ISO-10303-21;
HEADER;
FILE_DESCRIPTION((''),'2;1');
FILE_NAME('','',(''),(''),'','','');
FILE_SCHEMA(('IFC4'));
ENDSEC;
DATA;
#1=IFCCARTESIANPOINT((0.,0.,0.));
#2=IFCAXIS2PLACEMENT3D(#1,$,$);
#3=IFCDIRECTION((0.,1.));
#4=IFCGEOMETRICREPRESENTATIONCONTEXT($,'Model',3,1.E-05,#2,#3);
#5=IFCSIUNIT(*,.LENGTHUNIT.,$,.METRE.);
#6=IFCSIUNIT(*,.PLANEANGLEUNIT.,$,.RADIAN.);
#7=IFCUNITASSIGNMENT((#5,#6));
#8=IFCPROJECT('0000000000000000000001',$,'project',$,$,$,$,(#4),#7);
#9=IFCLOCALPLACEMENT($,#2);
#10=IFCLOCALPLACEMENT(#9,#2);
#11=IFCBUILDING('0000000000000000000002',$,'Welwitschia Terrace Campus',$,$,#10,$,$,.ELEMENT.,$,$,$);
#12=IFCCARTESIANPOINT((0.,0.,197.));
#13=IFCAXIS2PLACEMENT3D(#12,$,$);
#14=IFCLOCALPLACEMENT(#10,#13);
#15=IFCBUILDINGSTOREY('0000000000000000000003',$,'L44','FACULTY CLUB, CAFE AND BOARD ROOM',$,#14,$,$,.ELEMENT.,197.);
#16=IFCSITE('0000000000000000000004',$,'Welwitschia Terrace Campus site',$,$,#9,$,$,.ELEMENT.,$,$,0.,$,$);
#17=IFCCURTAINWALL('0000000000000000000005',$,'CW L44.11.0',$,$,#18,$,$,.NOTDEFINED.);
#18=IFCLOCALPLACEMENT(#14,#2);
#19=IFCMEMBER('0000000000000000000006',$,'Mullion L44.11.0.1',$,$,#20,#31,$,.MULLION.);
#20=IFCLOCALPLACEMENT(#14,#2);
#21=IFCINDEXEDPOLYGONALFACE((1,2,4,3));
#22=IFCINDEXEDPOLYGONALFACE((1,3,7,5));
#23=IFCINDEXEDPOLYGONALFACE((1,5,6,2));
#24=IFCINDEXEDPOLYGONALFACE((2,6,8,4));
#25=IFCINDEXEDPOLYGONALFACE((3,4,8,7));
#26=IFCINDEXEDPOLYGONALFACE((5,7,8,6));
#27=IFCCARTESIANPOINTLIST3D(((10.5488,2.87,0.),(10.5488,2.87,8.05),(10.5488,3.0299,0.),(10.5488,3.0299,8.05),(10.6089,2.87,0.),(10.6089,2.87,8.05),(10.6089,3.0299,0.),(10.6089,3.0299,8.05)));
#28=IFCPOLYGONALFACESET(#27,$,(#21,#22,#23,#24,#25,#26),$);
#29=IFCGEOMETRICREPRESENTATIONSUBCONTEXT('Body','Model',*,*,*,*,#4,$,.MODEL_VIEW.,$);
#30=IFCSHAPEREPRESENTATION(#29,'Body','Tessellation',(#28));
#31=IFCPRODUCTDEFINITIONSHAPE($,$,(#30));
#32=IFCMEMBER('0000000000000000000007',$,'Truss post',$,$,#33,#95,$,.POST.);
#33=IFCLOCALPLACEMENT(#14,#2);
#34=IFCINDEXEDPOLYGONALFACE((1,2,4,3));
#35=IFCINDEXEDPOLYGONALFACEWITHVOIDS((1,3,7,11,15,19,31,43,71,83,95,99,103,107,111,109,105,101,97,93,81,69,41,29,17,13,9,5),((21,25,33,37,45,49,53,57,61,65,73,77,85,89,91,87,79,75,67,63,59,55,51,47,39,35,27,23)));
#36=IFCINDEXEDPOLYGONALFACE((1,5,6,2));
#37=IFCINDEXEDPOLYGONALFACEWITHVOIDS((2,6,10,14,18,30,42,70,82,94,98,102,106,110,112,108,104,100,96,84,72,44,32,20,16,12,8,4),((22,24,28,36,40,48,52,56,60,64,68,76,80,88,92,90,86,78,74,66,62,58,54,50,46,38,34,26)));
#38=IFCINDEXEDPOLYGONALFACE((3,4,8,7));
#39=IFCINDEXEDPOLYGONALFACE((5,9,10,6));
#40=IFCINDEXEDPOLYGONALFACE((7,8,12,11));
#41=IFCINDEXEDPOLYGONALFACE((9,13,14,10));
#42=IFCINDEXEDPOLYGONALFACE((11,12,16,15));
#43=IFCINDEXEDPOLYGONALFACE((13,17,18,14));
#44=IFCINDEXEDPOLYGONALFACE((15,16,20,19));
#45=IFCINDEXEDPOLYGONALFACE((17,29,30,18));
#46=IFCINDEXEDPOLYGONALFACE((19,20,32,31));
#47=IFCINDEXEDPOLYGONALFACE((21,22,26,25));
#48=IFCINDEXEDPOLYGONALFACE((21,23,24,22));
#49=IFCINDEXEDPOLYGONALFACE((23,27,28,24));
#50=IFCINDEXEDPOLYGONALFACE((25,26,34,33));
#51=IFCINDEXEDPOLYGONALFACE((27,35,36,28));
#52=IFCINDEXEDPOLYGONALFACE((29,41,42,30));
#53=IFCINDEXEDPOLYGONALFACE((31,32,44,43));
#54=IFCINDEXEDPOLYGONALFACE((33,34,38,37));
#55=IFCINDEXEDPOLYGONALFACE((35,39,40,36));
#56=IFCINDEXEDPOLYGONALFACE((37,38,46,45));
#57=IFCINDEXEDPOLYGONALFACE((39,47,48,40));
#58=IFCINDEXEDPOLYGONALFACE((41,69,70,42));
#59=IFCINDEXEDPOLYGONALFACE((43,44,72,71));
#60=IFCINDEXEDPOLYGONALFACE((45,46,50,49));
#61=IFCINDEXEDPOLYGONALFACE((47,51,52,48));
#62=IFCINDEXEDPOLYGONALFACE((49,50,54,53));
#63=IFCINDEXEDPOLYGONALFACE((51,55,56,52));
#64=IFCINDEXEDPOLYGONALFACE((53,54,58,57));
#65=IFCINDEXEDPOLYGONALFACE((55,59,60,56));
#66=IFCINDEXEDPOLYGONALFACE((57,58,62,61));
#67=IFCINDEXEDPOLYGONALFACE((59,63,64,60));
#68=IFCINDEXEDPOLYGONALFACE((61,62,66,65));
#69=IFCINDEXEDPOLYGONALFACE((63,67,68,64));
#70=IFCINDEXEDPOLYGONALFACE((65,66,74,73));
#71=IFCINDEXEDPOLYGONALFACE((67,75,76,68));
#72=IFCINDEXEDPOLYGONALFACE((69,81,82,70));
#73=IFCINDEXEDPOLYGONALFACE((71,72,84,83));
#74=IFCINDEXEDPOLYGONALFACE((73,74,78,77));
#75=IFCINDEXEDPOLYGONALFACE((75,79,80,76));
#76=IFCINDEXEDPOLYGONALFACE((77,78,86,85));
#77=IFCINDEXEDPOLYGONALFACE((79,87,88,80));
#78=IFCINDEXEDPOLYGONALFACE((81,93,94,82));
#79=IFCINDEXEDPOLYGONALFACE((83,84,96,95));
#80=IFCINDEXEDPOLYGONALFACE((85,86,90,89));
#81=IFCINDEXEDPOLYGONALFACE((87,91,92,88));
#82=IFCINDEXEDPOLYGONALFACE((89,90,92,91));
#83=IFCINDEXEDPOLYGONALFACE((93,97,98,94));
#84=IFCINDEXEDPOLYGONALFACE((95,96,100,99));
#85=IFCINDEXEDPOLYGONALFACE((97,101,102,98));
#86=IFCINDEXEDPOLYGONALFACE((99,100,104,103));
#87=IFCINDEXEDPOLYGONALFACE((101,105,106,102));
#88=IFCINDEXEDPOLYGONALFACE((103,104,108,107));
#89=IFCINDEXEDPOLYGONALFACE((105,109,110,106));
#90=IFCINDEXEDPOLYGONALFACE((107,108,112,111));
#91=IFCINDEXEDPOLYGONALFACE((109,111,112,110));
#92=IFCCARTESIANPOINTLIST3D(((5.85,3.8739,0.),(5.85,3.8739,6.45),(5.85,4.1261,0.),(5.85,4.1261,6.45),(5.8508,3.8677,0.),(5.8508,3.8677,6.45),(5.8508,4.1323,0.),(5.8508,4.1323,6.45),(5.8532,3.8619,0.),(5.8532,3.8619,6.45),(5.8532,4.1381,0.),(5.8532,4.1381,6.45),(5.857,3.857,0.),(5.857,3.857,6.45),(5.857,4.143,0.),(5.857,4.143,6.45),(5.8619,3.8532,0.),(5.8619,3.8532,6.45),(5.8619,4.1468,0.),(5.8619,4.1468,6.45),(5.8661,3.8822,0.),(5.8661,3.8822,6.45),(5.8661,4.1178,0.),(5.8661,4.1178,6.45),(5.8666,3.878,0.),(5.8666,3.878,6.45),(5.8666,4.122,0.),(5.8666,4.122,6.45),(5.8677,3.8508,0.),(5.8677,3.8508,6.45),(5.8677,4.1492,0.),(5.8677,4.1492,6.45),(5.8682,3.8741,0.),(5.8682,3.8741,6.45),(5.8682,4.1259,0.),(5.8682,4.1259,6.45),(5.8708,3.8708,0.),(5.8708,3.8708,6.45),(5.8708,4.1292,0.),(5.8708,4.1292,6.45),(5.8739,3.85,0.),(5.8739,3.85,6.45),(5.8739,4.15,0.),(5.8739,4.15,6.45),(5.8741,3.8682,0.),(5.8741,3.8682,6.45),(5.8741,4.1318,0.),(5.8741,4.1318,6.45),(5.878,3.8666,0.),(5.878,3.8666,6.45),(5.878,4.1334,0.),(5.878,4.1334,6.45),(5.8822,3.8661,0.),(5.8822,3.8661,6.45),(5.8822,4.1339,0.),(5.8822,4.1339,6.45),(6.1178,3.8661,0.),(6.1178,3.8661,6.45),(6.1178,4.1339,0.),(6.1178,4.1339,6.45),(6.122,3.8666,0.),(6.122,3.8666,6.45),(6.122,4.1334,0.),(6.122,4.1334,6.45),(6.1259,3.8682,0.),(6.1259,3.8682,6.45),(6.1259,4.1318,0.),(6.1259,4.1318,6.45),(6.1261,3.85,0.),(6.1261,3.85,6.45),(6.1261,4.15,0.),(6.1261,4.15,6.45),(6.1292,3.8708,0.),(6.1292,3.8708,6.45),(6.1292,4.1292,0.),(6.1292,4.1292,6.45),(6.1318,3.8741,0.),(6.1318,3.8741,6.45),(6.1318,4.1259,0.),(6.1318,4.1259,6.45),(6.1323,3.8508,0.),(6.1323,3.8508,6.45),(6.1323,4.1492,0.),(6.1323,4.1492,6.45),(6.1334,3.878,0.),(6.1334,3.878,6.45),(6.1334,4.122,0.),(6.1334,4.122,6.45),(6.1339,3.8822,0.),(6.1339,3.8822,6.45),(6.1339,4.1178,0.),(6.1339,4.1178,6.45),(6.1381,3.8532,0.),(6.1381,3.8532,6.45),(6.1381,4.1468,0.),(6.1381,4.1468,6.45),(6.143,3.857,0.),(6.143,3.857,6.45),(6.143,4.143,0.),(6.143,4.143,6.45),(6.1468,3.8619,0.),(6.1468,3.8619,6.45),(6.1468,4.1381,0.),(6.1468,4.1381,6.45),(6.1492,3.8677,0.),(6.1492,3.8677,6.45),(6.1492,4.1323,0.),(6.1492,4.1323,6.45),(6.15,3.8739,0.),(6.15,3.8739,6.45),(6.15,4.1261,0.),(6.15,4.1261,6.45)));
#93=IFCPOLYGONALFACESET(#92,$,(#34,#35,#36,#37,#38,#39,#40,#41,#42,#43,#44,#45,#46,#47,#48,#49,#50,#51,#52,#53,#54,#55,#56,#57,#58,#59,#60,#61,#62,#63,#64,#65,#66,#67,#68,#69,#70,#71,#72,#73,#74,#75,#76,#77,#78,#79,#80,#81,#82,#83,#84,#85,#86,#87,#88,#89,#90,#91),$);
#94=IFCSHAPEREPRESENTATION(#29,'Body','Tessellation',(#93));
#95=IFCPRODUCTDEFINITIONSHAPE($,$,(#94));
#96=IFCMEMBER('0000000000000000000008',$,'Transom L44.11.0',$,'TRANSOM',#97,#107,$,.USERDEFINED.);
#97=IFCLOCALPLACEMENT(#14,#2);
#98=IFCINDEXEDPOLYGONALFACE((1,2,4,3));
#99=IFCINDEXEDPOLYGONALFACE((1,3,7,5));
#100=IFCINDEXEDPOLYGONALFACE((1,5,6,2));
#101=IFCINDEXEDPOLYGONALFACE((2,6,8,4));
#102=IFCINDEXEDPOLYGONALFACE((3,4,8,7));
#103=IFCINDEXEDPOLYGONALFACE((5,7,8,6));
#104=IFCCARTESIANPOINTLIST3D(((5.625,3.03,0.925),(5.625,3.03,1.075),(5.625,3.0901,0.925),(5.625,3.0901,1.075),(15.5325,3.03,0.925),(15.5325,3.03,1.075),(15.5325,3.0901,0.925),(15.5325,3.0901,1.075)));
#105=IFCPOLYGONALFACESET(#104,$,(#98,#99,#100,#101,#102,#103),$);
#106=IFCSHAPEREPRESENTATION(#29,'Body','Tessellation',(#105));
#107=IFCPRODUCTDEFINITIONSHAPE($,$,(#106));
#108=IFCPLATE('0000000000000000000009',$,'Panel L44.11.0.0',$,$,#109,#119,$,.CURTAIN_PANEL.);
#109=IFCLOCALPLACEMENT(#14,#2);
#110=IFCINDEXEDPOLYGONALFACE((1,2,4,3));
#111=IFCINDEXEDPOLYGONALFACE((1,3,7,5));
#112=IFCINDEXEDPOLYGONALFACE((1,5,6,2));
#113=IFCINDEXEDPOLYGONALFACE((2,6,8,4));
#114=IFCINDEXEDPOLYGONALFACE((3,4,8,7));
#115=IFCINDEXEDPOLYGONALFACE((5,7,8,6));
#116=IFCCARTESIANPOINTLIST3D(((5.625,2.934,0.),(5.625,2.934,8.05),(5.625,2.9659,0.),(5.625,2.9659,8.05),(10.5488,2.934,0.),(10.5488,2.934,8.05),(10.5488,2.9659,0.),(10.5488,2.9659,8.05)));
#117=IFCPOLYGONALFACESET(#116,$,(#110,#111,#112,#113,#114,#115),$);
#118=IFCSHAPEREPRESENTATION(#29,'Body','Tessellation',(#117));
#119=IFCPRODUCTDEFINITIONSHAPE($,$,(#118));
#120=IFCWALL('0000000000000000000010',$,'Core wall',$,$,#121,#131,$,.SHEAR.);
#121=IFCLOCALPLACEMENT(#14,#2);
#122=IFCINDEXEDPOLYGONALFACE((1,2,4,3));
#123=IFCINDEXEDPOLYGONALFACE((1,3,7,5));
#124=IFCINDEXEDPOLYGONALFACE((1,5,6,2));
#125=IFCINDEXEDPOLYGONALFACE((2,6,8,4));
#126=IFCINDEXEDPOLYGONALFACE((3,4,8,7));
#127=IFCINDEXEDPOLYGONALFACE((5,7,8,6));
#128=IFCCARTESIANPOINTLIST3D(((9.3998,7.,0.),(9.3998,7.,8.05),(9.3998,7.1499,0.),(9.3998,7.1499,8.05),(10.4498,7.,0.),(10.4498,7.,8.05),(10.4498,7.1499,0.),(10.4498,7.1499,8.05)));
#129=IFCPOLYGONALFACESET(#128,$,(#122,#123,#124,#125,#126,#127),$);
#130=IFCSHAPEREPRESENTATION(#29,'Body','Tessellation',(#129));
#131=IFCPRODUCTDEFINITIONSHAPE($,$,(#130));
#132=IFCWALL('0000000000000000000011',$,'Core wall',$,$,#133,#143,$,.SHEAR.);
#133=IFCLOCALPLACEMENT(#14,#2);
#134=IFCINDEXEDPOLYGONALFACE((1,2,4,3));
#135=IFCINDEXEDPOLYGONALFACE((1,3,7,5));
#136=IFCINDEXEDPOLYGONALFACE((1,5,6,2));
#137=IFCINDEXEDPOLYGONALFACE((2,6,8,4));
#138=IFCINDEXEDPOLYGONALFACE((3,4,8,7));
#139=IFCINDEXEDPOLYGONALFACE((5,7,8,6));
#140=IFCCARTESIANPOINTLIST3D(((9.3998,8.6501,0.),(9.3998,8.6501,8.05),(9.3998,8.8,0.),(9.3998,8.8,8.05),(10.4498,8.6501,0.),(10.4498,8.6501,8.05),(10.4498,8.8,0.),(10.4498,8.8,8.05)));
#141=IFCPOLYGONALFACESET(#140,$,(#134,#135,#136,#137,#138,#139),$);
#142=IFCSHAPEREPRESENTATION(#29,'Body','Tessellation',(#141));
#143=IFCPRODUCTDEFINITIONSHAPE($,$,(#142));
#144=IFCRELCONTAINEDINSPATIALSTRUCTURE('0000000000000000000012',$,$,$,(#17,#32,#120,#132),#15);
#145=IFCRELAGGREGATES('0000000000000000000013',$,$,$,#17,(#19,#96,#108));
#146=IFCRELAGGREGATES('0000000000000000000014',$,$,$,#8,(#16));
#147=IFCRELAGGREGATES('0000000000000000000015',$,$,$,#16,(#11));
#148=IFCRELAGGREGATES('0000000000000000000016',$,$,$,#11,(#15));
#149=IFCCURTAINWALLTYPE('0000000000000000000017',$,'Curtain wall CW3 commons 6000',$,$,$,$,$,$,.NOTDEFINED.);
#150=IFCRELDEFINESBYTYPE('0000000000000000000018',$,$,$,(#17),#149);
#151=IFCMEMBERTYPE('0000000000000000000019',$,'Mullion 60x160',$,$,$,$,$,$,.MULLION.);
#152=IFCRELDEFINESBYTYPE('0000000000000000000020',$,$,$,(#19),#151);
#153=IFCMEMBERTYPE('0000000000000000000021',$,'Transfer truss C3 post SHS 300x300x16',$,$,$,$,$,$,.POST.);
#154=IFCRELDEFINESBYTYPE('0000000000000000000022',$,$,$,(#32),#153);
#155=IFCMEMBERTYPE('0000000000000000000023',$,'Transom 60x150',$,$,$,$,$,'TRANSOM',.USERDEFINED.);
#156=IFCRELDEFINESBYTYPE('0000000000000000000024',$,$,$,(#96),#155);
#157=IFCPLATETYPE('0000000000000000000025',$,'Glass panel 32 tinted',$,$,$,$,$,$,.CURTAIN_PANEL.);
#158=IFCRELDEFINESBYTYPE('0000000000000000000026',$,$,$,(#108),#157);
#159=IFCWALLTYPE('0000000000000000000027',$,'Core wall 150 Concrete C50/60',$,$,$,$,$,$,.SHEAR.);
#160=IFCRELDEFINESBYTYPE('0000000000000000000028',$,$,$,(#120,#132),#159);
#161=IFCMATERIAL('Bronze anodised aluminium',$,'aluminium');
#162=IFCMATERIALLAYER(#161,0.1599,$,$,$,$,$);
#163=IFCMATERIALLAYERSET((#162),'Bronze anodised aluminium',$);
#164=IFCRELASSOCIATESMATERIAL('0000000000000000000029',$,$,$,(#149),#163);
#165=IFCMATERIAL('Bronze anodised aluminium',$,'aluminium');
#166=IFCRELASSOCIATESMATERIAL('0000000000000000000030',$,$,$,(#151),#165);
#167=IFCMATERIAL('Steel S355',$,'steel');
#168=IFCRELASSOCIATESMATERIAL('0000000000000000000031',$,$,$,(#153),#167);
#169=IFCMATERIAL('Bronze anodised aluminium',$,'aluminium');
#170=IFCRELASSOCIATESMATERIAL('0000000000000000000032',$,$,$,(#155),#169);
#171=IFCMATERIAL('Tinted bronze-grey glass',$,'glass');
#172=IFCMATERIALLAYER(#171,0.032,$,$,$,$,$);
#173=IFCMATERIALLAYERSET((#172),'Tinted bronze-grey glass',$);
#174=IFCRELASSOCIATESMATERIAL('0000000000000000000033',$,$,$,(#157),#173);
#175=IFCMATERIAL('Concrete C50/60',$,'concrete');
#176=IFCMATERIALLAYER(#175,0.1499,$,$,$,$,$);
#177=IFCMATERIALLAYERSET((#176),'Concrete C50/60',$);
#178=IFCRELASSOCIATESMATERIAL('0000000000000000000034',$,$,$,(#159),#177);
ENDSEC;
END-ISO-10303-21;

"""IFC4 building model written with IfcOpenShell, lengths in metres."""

from ifc_helpers import new_model, si_unit, direction, frame, frame_2d, origin, origin_2d, place, context, subcontext, project, spatial, rectangle, hollow_rectangle, extrude, material, layer, layer_set, material_profile, profile_set, type_object, element, aggregate, save


model = new_model("IFC4")

# Units and contexts
model_context = context("Model", 3, precision=1e-05, world=origin(), true_north=direction((0.0, 1.0)))
body_context = subcontext(model_context, "Body", "Model", "MODEL_VIEW")
ifc_project = project(units=[si_unit("LENGTHUNIT", "METRE"), si_unit("PLANEANGLEUNIT", "RADIAN")], contexts=[model_context])

# Site, building, storey
site_placement = place(None, origin())
site = spatial("IfcSite", under=ifc_project, at=site_placement, Name="Welwitschia Terrace Campus site", CompositionType="ELEMENT", RefElevation=0.0)
building_placement = place(site_placement, origin())
building = spatial("IfcBuilding", under=site, at=building_placement, Name="Welwitschia Terrace Campus", CompositionType="ELEMENT")
storey_placement = place(building_placement, frame((0.0, 0.0, 197.0)))
storey = spatial("IfcBuildingStorey", under=building, at=storey_placement, Name="L44", Description="FACULTY CLUB, CAFE AND BOARD ROOM", CompositionType="ELEMENT", Elevation=197.0)

# Curtain wall, member
ifc_material_1 = material(Name="Bronze anodised aluminium", Category="aluminium")
ifc_layer_1 = layer(ifc_material_1, 0.1599)
ifc_layer_set_1 = layer_set([ifc_layer_1], Name="Bronze anodised aluminium")
curtain_wall_type = type_object("IfcCurtainWallType", Name="Curtain wall CW3 commons 6000", PredefinedType="NOTDEFINED", material=ifc_layer_set_1)
curtain_wall_placement = place(storey_placement, origin())
curtain_wall = element("IfcCurtainWall", 1, at=curtain_wall_placement, inside=storey, type_object=curtain_wall_type, Name="CW L44.11.0", PredefinedType="NOTDEFINED")
ifc_material_2 = material(Name="Bronze anodised aluminium", Category="aluminium")
ifc_material_profile_1 = material_profile(ifc_material_2, rectangle(XDim=0.1599, YDim=0.0601, at=origin_2d()))
ifc_profile_set_1 = profile_set([ifc_material_profile_1], Name="Bronze anodised aluminium")
member_type_1 = type_object("IfcMemberType", Name="Mullion 60x160", PredefinedType="MULLION", material=ifc_profile_set_1)
member_1_placement = place(storey_placement, frame((10.5789, 2.95, 0.0), z_axis=(0.0, 0.0, 1.0), x_axis=(0.0, 1.0, 0.0)))
member_1 = element("IfcMember", 2, at=member_1_placement, type_object=member_type_1, Name="Mullion L44.11.0.1", PredefinedType="MULLION", context=body_context, shape_type="SweptSolid", body=[
    extrude(rectangle(XDim=0.1599, YDim=0.0601, at=origin_2d()), origin(), (0.0, 0.0, 1.0), 8.05),
])

# Members
ifc_material_3 = material(Name="Steel S355", Category="steel")
ifc_material_profile_2 = material_profile(ifc_material_3, hollow_rectangle(XDim=0.3, YDim=0.3, WallThickness=0.0161, InnerFilletRadius=0.0161, OuterFilletRadius=0.0239, at=origin_2d()))
ifc_profile_set_2 = profile_set([ifc_material_profile_2], Name="Steel S355")
member_type_2 = type_object("IfcMemberType", Name="Transfer truss C3 post SHS 300x300x16", PredefinedType="POST", material=ifc_profile_set_2)
member_2_placement = place(storey_placement, frame((6.0, 4.0, 0.0), z_axis=(0.0, 0.0, 1.0), x_axis=(1.0, 0.0, 0.0)))
element("IfcMember", 3, at=member_2_placement, inside=storey, type_object=member_type_2, Name="Truss post", PredefinedType="POST", context=body_context, shape_type="SweptSolid", body=[
    extrude(hollow_rectangle(XDim=0.3, YDim=0.3, WallThickness=0.0161, InnerFilletRadius=0.0161, OuterFilletRadius=0.0239, at=origin_2d()), origin(), (0.0, 0.0, 1.0), 6.45),
])
ifc_material_4 = material(Name="Bronze anodised aluminium", Category="aluminium")
ifc_material_profile_3 = material_profile(ifc_material_4, rectangle(XDim=0.0601, YDim=0.1499, at=origin_2d()))
ifc_profile_set_3 = profile_set([ifc_material_profile_3], Name="Bronze anodised aluminium")
member_type_3 = type_object("IfcMemberType", Name="Transom 60x150", ElementType="TRANSOM", PredefinedType="USERDEFINED", material=ifc_profile_set_3)
member_3_placement = place(storey_placement, frame((5.625, 3.0601, 1.0), z_axis=(1.0, 0.0, 0.0), x_axis=(0.0, 1.0, 0.0)))
member_3 = element("IfcMember", 4, at=member_3_placement, type_object=member_type_3, Name="Transom L44.11.0", ObjectType="TRANSOM", PredefinedType="USERDEFINED", context=body_context, shape_type="SweptSolid", body=[
    extrude(rectangle(XDim=0.0601, YDim=0.1499, at=origin_2d()), origin(), (0.0, 0.0, 1.0), 9.9075),
])

# Plate
ifc_material_5 = material(Name="Tinted bronze-grey glass", Category="glass")
ifc_layer_2 = layer(ifc_material_5, 0.032)
ifc_layer_set_2 = layer_set([ifc_layer_2], Name="Tinted bronze-grey glass")
plate_type = type_object("IfcPlateType", Name="Glass panel 32 tinted", PredefinedType="CURTAIN_PANEL", material=ifc_layer_set_2)
plate_placement = place(storey_placement, frame((8.0869, 2.95, 0.0), z_axis=(0.0, 0.0, 1.0), x_axis=(1.0, 0.0, 0.0)))
plate = element("IfcPlate", 5, at=plate_placement, type_object=plate_type, Name="Panel L44.11.0.0", PredefinedType="CURTAIN_PANEL", context=body_context, shape_type="SweptSolid", body=[
    extrude(rectangle(XDim=4.9238, YDim=0.032, at=origin_2d()), origin(), (0.0, 0.0, 1.0), 8.05),
])
aggregate(curtain_wall, [member_1, member_3, plate])

# Walls
ifc_material_6 = material(Name="Concrete C50/60", Category="concrete")
ifc_layer_3 = layer(ifc_material_6, 0.1499)
ifc_layer_set_3 = layer_set([ifc_layer_3], Name="Concrete C50/60")
wall_type_1 = type_object("IfcWallType", Name="Core wall 150 Concrete C50/60", PredefinedType="SHEAR", material=ifc_layer_set_3)
for number, where, z_axis, x_axis, name in (
    (6, (9.3999, 7.075, 0.0), (0.0, 0.0, 1.0), (1.0, 0.0, 0.0), "Core wall"),
    (7, (9.3999, 8.7251, 0.0), (0.0, 0.0, 1.0), (1.0, 0.0, 0.0), "Core wall"),
):
    element("IfcWall", number, at=place(storey_placement, frame(where, z_axis=z_axis, x_axis=x_axis)), inside=storey, type_object=wall_type_1, Name=name, PredefinedType="SHEAR", context=body_context, shape_type="SweptSolid", body=[
        extrude(rectangle(XDim=1.05, YDim=0.1499, at=frame_2d((0.5249, 0.0))), origin(), (0.0, 0.0, 1.0), 8.05),
    ])

save(model, "model.ifc")
